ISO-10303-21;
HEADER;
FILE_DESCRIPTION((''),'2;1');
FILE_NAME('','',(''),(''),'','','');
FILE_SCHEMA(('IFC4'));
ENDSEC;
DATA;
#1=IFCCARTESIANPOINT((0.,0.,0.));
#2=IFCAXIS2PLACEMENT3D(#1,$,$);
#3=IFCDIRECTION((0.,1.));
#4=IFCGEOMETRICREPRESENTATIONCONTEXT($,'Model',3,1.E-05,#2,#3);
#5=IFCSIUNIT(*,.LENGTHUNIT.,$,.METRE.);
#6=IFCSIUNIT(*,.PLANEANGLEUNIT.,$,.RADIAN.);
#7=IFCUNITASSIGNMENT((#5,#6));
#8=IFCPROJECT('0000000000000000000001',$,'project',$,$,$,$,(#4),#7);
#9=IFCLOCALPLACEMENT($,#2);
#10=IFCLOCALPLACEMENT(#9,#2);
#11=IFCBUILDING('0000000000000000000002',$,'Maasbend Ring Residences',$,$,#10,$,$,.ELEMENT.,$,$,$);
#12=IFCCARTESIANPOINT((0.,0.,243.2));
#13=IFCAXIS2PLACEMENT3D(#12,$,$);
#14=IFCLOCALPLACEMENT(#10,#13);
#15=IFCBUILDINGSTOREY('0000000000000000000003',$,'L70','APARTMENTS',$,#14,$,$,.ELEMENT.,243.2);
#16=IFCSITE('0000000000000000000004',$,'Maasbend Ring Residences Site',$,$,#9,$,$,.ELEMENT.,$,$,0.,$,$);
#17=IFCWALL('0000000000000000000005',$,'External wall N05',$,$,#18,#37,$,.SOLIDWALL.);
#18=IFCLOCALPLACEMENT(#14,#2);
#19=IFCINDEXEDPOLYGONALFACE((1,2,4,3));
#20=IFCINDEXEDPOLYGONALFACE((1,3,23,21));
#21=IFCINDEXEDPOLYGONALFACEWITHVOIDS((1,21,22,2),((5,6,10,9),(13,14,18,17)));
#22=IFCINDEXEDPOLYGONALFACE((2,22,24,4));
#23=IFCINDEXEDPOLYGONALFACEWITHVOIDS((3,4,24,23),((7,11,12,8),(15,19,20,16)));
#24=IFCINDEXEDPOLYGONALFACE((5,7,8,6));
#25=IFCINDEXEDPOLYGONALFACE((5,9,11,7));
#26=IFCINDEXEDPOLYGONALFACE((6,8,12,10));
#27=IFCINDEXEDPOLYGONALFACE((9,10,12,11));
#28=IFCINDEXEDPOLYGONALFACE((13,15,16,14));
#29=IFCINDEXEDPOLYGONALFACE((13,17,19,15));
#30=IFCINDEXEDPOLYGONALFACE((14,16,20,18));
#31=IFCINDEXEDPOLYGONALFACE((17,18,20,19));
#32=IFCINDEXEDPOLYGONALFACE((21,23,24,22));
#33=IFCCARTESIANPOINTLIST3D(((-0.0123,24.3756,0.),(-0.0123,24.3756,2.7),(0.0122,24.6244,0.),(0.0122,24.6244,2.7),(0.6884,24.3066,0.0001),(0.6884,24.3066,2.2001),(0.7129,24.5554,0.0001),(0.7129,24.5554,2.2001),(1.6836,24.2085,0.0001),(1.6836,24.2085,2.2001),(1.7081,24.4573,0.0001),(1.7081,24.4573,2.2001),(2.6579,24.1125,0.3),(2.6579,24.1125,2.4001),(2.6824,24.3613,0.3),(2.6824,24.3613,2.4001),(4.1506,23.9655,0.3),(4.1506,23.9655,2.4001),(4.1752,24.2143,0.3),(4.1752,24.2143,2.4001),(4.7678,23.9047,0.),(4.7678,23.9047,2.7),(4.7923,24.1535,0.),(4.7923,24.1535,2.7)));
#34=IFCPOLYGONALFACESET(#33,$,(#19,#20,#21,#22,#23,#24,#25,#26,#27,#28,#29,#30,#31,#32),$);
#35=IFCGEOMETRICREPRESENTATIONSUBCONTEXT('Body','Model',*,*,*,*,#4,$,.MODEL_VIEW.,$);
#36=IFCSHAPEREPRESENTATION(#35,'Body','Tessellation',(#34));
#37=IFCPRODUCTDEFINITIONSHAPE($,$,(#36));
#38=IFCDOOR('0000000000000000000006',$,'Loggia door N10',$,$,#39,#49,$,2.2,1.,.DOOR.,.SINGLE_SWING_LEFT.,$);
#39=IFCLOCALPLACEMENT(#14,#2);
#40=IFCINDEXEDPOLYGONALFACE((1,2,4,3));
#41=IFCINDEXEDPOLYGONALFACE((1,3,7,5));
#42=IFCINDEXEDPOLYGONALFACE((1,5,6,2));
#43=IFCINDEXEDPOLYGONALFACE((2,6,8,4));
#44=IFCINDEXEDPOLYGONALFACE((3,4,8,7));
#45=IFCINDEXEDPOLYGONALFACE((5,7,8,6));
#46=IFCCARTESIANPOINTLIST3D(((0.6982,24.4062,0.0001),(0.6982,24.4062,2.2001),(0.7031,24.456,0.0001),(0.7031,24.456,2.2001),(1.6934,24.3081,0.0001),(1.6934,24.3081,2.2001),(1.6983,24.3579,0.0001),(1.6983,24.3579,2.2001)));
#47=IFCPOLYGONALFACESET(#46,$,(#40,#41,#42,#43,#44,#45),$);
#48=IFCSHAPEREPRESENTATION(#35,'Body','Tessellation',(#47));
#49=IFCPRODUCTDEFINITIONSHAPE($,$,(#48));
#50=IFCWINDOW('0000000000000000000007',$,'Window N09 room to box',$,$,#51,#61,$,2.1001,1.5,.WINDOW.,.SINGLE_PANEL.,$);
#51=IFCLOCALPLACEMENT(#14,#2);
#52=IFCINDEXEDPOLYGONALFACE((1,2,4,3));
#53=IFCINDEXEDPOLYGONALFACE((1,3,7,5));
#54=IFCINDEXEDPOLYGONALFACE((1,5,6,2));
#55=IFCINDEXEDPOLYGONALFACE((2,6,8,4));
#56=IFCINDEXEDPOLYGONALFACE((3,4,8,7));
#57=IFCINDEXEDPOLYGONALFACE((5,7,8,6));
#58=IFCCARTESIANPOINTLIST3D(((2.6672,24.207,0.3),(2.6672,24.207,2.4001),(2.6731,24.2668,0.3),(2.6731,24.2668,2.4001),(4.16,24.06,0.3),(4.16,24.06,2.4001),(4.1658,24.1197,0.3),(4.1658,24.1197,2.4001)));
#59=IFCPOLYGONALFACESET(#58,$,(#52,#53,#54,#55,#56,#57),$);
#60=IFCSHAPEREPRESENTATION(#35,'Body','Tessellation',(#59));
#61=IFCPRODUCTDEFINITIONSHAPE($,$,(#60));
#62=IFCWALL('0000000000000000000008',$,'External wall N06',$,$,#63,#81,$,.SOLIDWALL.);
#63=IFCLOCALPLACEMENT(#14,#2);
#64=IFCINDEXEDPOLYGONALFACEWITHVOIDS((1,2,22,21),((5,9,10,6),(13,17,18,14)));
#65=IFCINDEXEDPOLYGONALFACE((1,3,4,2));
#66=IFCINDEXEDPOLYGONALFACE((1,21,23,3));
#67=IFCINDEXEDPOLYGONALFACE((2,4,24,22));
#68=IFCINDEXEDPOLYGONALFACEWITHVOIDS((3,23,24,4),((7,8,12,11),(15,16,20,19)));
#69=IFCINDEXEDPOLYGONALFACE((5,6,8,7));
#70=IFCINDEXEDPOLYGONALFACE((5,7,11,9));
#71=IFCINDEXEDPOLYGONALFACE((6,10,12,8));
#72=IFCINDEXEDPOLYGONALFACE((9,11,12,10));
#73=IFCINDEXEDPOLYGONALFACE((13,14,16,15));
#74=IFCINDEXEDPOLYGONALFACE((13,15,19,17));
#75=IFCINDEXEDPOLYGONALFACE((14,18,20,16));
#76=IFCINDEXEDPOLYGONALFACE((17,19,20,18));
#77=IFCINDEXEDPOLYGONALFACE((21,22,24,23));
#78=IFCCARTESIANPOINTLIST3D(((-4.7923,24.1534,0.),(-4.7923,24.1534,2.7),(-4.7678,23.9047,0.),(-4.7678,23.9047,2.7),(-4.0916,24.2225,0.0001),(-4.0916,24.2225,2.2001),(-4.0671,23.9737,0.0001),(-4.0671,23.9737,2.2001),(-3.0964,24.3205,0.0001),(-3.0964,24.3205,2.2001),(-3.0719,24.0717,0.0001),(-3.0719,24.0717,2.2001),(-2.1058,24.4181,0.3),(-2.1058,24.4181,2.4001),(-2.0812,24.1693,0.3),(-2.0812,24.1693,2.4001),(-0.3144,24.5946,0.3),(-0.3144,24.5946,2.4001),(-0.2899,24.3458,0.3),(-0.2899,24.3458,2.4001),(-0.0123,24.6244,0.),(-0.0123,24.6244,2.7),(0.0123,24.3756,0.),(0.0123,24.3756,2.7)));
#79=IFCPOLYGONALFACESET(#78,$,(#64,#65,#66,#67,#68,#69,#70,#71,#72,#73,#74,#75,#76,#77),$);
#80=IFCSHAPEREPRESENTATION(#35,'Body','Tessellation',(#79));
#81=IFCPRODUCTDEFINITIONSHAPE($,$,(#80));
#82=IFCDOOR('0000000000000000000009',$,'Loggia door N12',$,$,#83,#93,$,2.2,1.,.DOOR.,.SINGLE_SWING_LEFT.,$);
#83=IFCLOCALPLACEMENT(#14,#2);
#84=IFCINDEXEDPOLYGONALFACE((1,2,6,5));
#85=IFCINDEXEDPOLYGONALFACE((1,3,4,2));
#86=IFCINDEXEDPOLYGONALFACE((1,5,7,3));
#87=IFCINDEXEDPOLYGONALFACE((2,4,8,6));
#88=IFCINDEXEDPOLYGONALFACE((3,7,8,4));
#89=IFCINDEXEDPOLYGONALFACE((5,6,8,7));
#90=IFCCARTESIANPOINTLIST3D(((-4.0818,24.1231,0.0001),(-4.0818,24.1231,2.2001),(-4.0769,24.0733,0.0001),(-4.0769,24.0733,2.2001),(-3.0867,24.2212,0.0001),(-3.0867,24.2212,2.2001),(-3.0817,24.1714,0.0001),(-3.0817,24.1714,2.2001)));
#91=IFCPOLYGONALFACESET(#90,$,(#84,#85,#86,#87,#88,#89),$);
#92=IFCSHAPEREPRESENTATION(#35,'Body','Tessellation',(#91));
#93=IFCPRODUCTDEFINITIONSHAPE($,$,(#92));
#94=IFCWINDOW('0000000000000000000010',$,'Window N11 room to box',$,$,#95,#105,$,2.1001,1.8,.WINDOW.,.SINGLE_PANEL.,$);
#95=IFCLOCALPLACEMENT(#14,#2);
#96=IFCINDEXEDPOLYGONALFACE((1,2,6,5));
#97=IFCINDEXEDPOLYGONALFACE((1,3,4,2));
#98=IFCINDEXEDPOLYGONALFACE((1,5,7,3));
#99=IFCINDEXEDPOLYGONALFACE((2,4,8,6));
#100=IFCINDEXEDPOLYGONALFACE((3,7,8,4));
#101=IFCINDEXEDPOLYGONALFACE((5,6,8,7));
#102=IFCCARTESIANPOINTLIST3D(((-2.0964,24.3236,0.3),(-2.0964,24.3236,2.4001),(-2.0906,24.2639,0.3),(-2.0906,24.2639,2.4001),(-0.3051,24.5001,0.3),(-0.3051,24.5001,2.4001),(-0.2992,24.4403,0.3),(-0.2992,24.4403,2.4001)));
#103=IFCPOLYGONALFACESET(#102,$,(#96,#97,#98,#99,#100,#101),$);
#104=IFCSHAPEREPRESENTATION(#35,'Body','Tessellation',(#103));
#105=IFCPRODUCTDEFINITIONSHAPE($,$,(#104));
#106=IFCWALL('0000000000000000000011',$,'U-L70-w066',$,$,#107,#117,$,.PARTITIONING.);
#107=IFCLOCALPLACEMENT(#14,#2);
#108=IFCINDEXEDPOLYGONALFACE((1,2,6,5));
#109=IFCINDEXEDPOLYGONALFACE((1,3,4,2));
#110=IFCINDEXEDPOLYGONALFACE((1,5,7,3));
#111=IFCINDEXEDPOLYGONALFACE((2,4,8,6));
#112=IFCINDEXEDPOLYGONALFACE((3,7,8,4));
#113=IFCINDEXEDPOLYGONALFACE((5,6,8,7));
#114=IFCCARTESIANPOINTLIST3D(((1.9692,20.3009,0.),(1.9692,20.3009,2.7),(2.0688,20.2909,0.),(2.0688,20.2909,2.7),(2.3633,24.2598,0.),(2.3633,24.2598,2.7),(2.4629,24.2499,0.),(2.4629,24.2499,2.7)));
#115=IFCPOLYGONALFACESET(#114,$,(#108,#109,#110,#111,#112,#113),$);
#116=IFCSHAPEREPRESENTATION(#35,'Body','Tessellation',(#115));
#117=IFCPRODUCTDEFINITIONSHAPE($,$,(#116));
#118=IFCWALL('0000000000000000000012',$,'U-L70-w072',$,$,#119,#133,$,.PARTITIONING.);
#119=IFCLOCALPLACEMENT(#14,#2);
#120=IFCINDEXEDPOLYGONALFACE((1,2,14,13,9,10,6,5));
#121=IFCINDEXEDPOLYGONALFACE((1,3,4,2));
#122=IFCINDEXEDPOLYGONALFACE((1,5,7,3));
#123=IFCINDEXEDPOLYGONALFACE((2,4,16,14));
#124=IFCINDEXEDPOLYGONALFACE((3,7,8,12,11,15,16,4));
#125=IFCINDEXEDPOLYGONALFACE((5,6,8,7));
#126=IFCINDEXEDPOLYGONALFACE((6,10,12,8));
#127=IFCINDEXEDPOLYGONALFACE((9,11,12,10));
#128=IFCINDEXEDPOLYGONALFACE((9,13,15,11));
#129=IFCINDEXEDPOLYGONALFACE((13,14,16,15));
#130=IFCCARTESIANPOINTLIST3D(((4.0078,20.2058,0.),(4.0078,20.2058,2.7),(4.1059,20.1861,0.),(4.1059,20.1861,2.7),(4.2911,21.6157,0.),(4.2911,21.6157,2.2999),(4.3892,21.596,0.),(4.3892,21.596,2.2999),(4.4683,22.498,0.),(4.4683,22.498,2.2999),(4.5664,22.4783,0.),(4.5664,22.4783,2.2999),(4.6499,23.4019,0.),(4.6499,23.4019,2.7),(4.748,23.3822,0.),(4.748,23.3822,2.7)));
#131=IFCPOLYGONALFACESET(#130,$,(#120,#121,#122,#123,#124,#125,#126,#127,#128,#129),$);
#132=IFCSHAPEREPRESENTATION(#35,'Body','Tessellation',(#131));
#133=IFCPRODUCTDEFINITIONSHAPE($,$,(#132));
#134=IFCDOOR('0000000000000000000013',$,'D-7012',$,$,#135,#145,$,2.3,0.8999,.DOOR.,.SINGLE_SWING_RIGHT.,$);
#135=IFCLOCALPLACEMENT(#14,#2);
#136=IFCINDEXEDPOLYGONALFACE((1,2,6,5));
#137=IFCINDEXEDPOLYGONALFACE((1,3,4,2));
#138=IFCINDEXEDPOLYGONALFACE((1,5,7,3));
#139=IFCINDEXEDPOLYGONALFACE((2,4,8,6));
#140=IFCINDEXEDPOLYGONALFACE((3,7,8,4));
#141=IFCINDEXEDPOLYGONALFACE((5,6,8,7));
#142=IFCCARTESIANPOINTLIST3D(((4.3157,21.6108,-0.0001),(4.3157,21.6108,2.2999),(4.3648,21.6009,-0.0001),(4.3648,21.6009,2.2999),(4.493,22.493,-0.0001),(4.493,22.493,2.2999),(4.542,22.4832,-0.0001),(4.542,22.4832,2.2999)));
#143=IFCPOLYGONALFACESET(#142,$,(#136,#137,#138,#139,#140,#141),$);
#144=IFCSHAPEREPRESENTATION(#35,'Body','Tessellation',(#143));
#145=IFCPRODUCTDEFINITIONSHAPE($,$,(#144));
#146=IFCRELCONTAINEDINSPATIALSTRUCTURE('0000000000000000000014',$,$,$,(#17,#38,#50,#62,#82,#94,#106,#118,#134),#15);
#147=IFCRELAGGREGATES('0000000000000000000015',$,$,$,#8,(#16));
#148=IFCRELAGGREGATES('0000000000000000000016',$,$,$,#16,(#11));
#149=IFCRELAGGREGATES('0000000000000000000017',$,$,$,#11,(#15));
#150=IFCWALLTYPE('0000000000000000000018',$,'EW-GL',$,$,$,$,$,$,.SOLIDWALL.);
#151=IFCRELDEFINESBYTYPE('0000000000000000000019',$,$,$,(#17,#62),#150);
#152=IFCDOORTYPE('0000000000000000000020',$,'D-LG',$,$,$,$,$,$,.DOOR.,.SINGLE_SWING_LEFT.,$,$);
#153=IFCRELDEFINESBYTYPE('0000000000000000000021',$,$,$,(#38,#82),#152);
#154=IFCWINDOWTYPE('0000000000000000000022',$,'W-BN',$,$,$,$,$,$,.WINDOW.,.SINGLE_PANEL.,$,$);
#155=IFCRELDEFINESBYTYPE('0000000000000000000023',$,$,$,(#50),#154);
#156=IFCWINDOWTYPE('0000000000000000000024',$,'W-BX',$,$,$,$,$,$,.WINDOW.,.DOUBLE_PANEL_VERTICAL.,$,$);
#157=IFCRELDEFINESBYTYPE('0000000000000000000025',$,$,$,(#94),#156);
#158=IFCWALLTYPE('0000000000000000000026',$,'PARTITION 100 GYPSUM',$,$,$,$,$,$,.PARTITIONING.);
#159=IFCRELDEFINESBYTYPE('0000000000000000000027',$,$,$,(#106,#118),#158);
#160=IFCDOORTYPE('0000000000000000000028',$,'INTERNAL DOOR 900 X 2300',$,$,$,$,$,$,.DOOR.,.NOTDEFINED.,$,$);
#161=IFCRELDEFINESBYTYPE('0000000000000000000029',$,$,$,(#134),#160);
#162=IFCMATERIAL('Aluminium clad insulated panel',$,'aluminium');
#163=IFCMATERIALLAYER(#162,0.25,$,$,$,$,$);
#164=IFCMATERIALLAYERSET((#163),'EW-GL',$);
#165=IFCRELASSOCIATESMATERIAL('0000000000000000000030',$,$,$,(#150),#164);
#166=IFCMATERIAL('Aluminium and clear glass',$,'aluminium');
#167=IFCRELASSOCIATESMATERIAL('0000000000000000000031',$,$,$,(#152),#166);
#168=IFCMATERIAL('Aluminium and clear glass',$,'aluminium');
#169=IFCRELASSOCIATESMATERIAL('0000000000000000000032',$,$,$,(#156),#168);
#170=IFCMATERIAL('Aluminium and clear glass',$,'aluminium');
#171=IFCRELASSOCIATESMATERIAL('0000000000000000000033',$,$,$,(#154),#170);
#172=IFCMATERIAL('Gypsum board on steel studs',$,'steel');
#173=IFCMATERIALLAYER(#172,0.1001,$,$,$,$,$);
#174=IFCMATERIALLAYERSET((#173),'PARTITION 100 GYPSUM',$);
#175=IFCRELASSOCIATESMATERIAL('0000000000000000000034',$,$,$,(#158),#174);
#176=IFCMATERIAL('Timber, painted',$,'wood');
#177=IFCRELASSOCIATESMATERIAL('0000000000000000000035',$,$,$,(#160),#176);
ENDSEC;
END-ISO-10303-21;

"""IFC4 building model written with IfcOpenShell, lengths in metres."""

from ifc_helpers import new_model, si_unit, direction, frame, frame_2d, origin, place, context, subcontext, project, spatial, rectangle, extrude, material, layer, layer_set, type_object, element, fill, save


model = new_model("IFC4")

# Units and contexts
model_context = context("Model", 3, precision=1e-05, world=origin(), true_north=direction((0.0, 1.0)))
body_context = subcontext(model_context, "Body", "Model", "MODEL_VIEW")
ifc_project = project(units=[si_unit("LENGTHUNIT", "METRE"), si_unit("PLANEANGLEUNIT", "RADIAN")], contexts=[model_context])

# Site, building, storey
site_placement = place(None, origin())
site = spatial("IfcSite", under=ifc_project, at=site_placement, Name="Maasbend Ring Residences Site", CompositionType="ELEMENT", RefElevation=0.0)
building_placement = place(site_placement, origin())
building = spatial("IfcBuilding", under=site, at=building_placement, Name="Maasbend Ring Residences", CompositionType="ELEMENT")
storey_placement = place(building_placement, frame((0.0, 0.0, 243.2)))
storey = spatial("IfcBuildingStorey", under=building, at=storey_placement, Name="L70", Description="APARTMENTS", CompositionType="ELEMENT", Elevation=243.2)

# Walls, openings, doors, windows
ifc_material_1 = material(Name="Aluminium clad insulated panel", Category="aluminium")
ifc_layer_1 = layer(ifc_material_1, 0.25)
ifc_layer_set_1 = layer_set([ifc_layer_1], Name="EW-GL")
wall_type_1 = type_object("IfcWallType", Name="EW-GL", PredefinedType="SOLIDWALL", material=ifc_layer_set_1)
ifc_material_2 = material(Name="Aluminium and clear glass", Category="aluminium")
door_type_1 = type_object("IfcDoorType", Name="D-LG", OperationType="SINGLE_SWING_LEFT", PredefinedType="DOOR", material=ifc_material_2)
ifc_material_3 = material(Name="Aluminium and clear glass", Category="aluminium")
window_type_1 = type_object("IfcWindowType", Name="W-BX", PartitioningType="DOUBLE_PANEL_VERTICAL", PredefinedType="WINDOW", material=ifc_material_3)
wall_1_placement = place(storey_placement, frame((4.78, 24.0291, 0.0), z_axis=(0.0, 0.0, 1.0), x_axis=(-0.995182, 0.098049, 0.0)))
wall_1 = element("IfcWall", 1, at=wall_1_placement, inside=storey, type_object=wall_type_1, Name="External wall N05", PredefinedType="SOLIDWALL", context=body_context, shape_type="SweptSolid", body=[
    extrude(rectangle(XDim=4.8032, YDim=0.25, at=frame_2d((2.4016, 0.0))), origin(), (0.0, 0.0, 1.0), 2.7),
])
opening_1_placement = place(wall_1_placement, frame((0.6201, 0.0, 0.3)))
opening_1 = element("IfcOpeningElement", 2, at=opening_1_placement, cuts=wall_1, PredefinedType="OPENING", context=body_context, shape_type="SweptSolid", body=[
    extrude(rectangle(XDim=1.5, YDim=2.1001, at=frame_2d((0.75, 1.05))), frame((0.0, 0.135, 0.0), z_axis=(0.0, -1.0, 0.0), x_axis=(1.0, 0.0, 0.0)), (0.0, 0.0, 1.0), 0.27),
])
opening_2_placement = place(wall_1_placement, frame((3.0991, 0.0, 0.0)))
opening_2 = element("IfcOpeningElement", 3, at=opening_2_placement, cuts=wall_1, PredefinedType="OPENING", context=body_context, shape_type="SweptSolid", body=[
    extrude(rectangle(XDim=1.0, YDim=2.2, at=frame_2d((0.5, 1.1001))), frame((0.0, 0.135, 0.0), z_axis=(0.0, -1.0, 0.0), x_axis=(1.0, 0.0, 0.0)), (0.0, 0.0, 1.0), 0.27),
])
door_1_placement = place(opening_2_placement, origin())
door_1 = element("IfcDoor", 4, at=door_1_placement, inside=storey, type_object=door_type_1, Name="Loggia door N10", OperationType="SINGLE_SWING_LEFT", OverallHeight=2.2, OverallWidth=1.0, PredefinedType="DOOR", context=body_context, shape_type="SweptSolid", body=[
    extrude(rectangle(XDim=1.0, YDim=2.2, at=frame_2d((0.5, 1.1001))), frame((0.0, 0.0249, 0.0), z_axis=(0.0, -1.0, 0.0), x_axis=(1.0, 0.0, 0.0)), (0.0, 0.0, 1.0), 0.05),
])
fill(opening_2, door_1)
ifc_material_4 = material(Name="Aluminium and clear glass", Category="aluminium")
window_type_2 = type_object("IfcWindowType", Name="W-BN", PartitioningType="SINGLE_PANEL", PredefinedType="WINDOW", material=ifc_material_4)
window_1_placement = place(opening_1_placement, origin())
window_1 = element("IfcWindow", 5, at=window_1_placement, inside=storey, type_object=window_type_2, Name="Window N09 room to box", OverallHeight=2.1001, OverallWidth=1.5, PartitioningType="SINGLE_PANEL", PredefinedType="WINDOW", context=body_context, shape_type="SweptSolid", body=[
    extrude(rectangle(XDim=1.5, YDim=2.1001, at=frame_2d((0.75, 1.05))), frame((0.0, 0.03, 0.0), z_axis=(0.0, -1.0, 0.0), x_axis=(1.0, 0.0, 0.0)), (0.0, 0.0, 1.0), 0.0601),
])
fill(opening_1, window_1)
wall_2_placement = place(storey_placement, frame((0.0, 24.5, 0.0), z_axis=(0.0, 0.0, 1.0), x_axis=(-0.995182, -0.098049, 0.0)))
wall_2 = element("IfcWall", 6, at=wall_2_placement, inside=storey, type_object=wall_type_1, Name="External wall N06", PredefinedType="SOLIDWALL", context=body_context, shape_type="SweptSolid", body=[
    extrude(rectangle(XDim=4.8032, YDim=0.25, at=frame_2d((2.4016, 0.0))), origin(), (0.0, 0.0, 1.0), 2.7),
])
opening_3_placement = place(wall_2_placement, frame((0.3037, 0.0, 0.3)))
opening_3 = element("IfcOpeningElement", 7, at=opening_3_placement, cuts=wall_2, PredefinedType="OPENING", context=body_context, shape_type="SweptSolid", body=[
    extrude(rectangle(XDim=1.8, YDim=2.1001, at=frame_2d((0.8999, 1.05))), frame((0.0, 0.135, 0.0), z_axis=(0.0, -1.0, 0.0), x_axis=(1.0, 0.0, 0.0)), (0.0, 0.0, 1.0), 0.27),
])
opening_4_placement = place(wall_2_placement, frame((3.0991, 0.0, 0.0)))
opening_4 = element("IfcOpeningElement", 8, at=opening_4_placement, cuts=wall_2, PredefinedType="OPENING", context=body_context, shape_type="SweptSolid", body=[
    extrude(rectangle(XDim=1.0, YDim=2.2, at=frame_2d((0.5, 1.1001))), frame((0.0, 0.135, 0.0), z_axis=(0.0, -1.0, 0.0), x_axis=(1.0, 0.0, 0.0)), (0.0, 0.0, 1.0), 0.27),
])
door_2_placement = place(opening_4_placement, origin())
door_2 = element("IfcDoor", 9, at=door_2_placement, inside=storey, type_object=door_type_1, Name="Loggia door N12", OperationType="SINGLE_SWING_LEFT", OverallHeight=2.2, OverallWidth=1.0, PredefinedType="DOOR", context=body_context, shape_type="SweptSolid", body=[
    extrude(rectangle(XDim=1.0, YDim=2.2, at=frame_2d((0.5, 1.1001))), frame((0.0, 0.0249, 0.0), z_axis=(0.0, -1.0, 0.0), x_axis=(1.0, 0.0, 0.0)), (0.0, 0.0, 1.0), 0.05),
])
fill(opening_4, door_2)
window_2_placement = place(opening_3_placement, origin())
window_2 = element("IfcWindow", 10, at=window_2_placement, inside=storey, type_object=window_type_1, Name="Window N11 room to box", OverallHeight=2.1001, OverallWidth=1.8, PartitioningType="SINGLE_PANEL", PredefinedType="WINDOW", context=body_context, shape_type="SweptSolid", body=[
    extrude(rectangle(XDim=1.8, YDim=2.1001, at=frame_2d((0.8999, 1.05))), frame((0.0, 0.03, 0.0), z_axis=(0.0, -1.0, 0.0), x_axis=(1.0, 0.0, 0.0)), (0.0, 0.0, 1.0), 0.0601),
])
fill(opening_3, window_2)

# Wall
ifc_material_5 = material(Name="Gypsum board on steel studs", Category="steel")
ifc_layer_2 = layer(ifc_material_5, 0.1001)
ifc_layer_set_2 = layer_set([ifc_layer_2], Name="PARTITION 100 GYPSUM")
wall_type_2 = type_object("IfcWallType", Name="PARTITION 100 GYPSUM", PredefinedType="PARTITIONING", material=ifc_layer_set_2)
wall_3_placement = place(storey_placement, frame((2.019, 20.2959, 0.0), z_axis=(0.0, 0.0, 1.0), x_axis=(0.099042, 0.995083, 0.0)))
element("IfcWall", 11, at=wall_3_placement, inside=storey, type_object=wall_type_2, Name="U-L70-w066", PredefinedType="PARTITIONING", context=body_context, shape_type="SweptSolid", body=[
    extrude(rectangle(XDim=3.9785, YDim=0.1001, at=frame_2d((1.9893, 0.0))), origin(), (0.0, 0.0, 1.0), 2.7),
])

# Wall, opening, door
wall_4_placement = place(storey_placement, frame((4.0569, 20.196, 0.0), z_axis=(0.0, 0.0, 1.0), x_axis=(0.196966, 0.98041, 0.0)))
wall_4 = element("IfcWall", 12, at=wall_4_placement, inside=storey, type_object=wall_type_2, Name="U-L70-w072", PredefinedType="PARTITIONING", context=body_context, shape_type="SweptSolid", body=[
    extrude(rectangle(XDim=3.26, YDim=0.1001, at=frame_2d((1.6299, 0.0))), origin(), (0.0, 0.0, 1.0), 2.7),
])
opening_5_placement = place(wall_4_placement, frame((1.438, 0.0, 0.0)))
opening_5 = element("IfcOpeningElement", 13, at=opening_5_placement, cuts=wall_4, PredefinedType="OPENING", context=body_context, shape_type="SweptSolid", body=[
    extrude(rectangle(XDim=0.8999, YDim=2.3, at=frame_2d((0.45, 1.1499))), frame((0.0, 0.0601, 0.0), z_axis=(0.0, -1.0, 0.0), x_axis=(1.0, 0.0, 0.0)), (0.0, 0.0, 1.0), 0.1201),
])
ifc_material_6 = material(Name="Timber, painted", Category="wood")
door_type_2 = type_object("IfcDoorType", Name="INTERNAL DOOR 900 X 2300", OperationType="NOTDEFINED", PredefinedType="DOOR", material=ifc_material_6)
door_3_placement = place(opening_5_placement, origin())
door_3 = element("IfcDoor", 14, at=door_3_placement, inside=storey, type_object=door_type_2, Name="D-7012", OperationType="SINGLE_SWING_RIGHT", OverallHeight=2.3, OverallWidth=0.8999, PredefinedType="DOOR", context=body_context, shape_type="SweptSolid", body=[
    extrude(rectangle(XDim=0.8999, YDim=2.3, at=frame_2d((0.45, 1.1499))), frame((0.0, 0.0249, 0.0), z_axis=(0.0, -1.0, 0.0), x_axis=(1.0, 0.0, 0.0)), (0.0, 0.0, 1.0), 0.05),
])
fill(opening_5, door_3)

save(model, "model.ifc")
